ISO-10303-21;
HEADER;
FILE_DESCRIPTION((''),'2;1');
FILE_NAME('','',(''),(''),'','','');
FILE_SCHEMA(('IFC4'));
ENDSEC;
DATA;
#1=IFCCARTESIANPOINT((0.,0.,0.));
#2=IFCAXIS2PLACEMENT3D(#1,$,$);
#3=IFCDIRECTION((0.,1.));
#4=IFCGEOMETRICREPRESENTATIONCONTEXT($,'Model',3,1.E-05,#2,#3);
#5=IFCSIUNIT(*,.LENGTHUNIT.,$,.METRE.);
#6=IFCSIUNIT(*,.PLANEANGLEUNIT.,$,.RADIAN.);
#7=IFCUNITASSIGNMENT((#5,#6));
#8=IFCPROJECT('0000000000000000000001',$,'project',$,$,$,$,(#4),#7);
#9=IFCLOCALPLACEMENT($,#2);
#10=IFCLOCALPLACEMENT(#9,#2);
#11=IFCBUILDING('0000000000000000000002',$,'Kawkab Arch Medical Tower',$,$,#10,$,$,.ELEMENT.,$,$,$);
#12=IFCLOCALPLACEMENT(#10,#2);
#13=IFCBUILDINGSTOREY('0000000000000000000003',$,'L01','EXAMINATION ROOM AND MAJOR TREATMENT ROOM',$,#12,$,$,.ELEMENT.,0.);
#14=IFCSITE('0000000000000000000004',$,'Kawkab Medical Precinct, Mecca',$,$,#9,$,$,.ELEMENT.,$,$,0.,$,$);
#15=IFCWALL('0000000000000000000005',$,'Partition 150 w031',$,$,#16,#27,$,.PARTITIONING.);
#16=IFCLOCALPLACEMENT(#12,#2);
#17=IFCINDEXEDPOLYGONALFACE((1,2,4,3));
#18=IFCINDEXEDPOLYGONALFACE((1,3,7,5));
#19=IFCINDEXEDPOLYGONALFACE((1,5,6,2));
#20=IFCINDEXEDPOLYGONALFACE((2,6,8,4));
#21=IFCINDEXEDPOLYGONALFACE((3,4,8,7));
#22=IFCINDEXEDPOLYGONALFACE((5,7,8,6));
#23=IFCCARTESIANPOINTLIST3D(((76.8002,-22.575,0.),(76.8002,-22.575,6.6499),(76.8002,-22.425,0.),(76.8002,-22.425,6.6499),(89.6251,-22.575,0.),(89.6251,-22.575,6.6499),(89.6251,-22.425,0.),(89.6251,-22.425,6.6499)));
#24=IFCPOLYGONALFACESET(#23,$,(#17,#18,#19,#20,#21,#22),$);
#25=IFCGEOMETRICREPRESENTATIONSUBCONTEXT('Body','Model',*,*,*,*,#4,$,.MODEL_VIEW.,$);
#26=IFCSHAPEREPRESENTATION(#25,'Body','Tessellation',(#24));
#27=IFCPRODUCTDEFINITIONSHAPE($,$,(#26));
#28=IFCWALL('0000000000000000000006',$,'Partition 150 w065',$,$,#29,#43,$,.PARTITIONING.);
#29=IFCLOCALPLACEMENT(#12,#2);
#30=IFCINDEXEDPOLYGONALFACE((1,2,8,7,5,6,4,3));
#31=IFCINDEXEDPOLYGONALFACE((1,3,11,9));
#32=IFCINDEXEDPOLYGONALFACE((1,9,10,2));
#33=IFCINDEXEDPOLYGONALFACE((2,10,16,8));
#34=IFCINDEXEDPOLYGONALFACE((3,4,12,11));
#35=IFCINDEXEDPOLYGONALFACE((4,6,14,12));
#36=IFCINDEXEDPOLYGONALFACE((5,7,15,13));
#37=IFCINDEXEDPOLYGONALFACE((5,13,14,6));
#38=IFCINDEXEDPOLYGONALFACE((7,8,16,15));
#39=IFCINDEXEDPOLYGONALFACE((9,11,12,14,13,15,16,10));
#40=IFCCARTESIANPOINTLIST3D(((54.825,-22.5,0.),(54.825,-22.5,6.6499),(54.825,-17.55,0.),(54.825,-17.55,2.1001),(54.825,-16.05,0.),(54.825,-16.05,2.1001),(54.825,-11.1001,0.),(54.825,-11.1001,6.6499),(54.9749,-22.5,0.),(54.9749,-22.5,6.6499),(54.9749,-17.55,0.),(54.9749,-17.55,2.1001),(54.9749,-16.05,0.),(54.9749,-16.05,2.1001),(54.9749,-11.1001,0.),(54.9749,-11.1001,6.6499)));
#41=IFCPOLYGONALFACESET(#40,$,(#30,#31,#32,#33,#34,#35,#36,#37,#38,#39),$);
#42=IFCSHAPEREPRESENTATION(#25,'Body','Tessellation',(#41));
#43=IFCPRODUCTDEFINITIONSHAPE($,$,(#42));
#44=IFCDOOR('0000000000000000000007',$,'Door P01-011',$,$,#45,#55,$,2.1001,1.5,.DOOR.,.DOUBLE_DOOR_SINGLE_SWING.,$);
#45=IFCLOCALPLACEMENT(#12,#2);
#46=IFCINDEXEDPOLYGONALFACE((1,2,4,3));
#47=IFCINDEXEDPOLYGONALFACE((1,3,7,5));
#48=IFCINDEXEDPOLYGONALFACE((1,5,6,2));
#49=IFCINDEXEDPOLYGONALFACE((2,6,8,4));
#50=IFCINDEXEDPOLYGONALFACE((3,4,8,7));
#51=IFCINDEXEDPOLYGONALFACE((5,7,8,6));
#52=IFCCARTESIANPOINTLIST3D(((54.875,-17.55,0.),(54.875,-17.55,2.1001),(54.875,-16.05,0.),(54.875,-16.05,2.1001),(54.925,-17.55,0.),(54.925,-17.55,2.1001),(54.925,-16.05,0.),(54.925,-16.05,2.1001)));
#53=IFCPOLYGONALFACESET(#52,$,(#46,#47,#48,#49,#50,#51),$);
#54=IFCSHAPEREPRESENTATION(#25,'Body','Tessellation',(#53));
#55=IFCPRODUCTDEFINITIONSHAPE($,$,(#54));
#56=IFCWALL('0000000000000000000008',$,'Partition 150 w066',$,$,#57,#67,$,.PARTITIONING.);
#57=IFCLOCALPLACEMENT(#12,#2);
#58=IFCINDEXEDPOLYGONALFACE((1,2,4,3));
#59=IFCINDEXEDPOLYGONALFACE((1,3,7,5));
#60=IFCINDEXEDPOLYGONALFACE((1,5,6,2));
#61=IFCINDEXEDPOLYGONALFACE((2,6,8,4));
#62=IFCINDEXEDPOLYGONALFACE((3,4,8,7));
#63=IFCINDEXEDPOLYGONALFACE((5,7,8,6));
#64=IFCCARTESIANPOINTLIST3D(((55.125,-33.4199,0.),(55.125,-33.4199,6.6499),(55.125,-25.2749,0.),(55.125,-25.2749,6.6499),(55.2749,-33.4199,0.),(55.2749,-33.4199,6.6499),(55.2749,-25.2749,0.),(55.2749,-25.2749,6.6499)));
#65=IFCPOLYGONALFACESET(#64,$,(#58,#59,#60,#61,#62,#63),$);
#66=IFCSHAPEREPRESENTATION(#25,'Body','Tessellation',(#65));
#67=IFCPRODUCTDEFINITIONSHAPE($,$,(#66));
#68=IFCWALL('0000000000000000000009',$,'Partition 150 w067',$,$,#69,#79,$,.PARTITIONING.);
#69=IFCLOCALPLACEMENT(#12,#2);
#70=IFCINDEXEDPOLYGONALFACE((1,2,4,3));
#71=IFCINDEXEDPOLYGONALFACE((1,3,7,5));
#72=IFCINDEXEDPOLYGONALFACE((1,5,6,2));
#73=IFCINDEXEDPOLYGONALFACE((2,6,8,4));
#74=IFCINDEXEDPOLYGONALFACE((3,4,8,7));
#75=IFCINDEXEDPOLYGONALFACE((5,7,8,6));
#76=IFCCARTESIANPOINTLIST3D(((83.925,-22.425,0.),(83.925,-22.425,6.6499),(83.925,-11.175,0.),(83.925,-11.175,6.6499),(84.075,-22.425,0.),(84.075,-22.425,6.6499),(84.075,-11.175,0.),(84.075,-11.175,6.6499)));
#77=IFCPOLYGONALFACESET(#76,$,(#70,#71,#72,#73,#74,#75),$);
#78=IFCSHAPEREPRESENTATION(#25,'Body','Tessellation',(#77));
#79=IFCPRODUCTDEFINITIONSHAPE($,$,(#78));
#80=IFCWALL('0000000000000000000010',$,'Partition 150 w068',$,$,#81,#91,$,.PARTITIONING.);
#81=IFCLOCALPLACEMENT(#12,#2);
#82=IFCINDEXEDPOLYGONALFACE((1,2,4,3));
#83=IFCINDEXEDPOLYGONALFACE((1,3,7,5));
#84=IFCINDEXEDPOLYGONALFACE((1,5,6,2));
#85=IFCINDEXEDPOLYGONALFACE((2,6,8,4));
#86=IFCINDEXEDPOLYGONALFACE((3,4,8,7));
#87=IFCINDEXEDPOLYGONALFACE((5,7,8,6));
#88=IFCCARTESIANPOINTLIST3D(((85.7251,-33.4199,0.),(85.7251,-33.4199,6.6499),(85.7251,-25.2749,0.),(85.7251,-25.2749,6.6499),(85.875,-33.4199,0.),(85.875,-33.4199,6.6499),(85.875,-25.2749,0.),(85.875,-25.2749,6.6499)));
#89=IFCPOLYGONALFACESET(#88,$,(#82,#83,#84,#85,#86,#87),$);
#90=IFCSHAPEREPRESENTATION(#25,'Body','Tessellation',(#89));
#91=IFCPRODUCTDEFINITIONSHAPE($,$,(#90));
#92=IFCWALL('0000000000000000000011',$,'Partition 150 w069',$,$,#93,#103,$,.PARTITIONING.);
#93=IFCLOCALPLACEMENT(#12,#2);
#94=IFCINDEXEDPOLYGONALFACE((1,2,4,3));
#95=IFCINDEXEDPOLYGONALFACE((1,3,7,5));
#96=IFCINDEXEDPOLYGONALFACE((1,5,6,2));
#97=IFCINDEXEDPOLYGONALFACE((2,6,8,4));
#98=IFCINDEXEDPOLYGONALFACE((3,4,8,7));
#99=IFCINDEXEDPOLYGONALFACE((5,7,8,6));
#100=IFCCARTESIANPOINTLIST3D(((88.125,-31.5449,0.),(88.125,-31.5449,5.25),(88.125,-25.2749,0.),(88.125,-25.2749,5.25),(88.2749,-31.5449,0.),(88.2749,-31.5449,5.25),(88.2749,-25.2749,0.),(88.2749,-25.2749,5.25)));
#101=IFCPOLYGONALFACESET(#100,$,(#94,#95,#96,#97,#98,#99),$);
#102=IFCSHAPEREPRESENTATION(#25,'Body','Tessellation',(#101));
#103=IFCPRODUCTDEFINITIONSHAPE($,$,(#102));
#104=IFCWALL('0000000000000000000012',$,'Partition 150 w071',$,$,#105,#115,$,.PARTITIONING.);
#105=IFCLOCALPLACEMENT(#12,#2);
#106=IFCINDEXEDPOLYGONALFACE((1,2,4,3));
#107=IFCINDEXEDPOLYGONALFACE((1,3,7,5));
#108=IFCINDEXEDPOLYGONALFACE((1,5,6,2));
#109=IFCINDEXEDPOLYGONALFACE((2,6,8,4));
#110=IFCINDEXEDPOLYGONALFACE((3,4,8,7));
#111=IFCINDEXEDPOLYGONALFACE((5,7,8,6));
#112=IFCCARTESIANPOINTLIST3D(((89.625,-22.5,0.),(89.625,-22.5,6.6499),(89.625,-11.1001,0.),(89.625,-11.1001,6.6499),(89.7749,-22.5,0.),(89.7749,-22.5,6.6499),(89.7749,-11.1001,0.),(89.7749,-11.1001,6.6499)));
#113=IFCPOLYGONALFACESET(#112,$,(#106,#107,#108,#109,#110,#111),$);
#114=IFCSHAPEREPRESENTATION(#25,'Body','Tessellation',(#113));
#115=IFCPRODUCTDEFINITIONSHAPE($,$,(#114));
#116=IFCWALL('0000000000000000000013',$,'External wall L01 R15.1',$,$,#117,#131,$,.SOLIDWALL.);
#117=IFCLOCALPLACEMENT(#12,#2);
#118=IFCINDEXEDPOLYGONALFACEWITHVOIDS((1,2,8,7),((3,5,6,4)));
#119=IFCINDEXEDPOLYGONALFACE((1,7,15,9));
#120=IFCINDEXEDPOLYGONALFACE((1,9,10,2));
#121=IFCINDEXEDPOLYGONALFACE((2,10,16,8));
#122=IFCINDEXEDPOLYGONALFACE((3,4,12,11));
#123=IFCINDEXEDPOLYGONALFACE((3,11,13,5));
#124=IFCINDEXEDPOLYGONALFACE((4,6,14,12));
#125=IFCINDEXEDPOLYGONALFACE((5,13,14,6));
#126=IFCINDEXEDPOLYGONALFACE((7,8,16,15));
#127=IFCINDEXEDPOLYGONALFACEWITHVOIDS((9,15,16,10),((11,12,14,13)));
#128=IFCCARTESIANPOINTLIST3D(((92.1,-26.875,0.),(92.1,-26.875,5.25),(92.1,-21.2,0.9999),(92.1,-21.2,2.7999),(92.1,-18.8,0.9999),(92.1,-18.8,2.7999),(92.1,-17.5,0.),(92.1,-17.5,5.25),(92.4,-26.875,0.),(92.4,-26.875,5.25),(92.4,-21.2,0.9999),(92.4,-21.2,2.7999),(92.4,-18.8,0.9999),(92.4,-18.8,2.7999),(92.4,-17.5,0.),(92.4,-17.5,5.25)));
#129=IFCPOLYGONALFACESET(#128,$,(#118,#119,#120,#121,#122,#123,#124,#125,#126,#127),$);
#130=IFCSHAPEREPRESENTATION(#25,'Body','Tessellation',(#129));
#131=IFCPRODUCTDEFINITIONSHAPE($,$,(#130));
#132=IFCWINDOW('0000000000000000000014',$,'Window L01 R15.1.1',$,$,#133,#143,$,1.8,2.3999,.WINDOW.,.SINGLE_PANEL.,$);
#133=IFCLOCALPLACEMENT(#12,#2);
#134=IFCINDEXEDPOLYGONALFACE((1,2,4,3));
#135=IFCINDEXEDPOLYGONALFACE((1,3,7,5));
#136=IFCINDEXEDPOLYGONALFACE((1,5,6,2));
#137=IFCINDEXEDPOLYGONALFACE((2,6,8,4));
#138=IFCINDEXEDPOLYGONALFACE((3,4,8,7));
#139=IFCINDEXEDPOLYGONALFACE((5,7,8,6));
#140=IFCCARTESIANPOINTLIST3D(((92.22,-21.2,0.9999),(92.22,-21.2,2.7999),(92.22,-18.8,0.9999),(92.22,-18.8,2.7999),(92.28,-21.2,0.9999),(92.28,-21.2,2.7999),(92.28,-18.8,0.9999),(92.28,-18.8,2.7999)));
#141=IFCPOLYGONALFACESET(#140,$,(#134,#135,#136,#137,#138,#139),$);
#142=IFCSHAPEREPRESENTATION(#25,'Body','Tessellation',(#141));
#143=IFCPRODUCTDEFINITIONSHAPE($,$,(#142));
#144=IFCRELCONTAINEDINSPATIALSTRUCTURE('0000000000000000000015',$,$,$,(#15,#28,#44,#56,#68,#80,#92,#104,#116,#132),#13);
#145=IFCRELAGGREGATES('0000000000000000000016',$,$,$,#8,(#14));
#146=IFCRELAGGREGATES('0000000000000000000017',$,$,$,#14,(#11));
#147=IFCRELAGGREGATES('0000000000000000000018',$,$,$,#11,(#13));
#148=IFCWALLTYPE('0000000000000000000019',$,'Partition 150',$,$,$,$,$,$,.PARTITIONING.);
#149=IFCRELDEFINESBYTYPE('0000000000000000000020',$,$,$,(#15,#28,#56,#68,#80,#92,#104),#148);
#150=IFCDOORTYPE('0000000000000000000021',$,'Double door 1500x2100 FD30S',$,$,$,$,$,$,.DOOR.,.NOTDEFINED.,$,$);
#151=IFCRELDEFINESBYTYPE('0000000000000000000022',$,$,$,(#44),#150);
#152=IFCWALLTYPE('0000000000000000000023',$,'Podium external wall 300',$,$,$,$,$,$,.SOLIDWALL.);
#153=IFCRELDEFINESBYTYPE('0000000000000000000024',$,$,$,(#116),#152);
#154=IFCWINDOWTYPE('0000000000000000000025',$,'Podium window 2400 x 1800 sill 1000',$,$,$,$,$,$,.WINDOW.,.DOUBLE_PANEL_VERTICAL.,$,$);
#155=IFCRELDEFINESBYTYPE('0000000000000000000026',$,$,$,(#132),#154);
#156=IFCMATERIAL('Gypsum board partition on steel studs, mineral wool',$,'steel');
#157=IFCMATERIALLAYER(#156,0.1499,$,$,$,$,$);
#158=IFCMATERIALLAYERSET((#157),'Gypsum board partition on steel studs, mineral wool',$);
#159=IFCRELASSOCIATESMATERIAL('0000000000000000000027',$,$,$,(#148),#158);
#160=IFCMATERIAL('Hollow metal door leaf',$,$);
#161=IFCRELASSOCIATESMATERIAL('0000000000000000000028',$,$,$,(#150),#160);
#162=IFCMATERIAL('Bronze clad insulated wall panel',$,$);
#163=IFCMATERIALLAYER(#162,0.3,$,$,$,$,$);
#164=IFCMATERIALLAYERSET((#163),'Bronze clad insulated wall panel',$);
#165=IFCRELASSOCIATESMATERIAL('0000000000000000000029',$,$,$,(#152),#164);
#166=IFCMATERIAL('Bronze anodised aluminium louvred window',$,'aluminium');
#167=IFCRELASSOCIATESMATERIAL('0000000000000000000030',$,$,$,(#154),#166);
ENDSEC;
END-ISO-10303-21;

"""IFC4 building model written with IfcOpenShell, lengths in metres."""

from ifc_helpers import new_model, si_unit, direction, frame, frame_2d, origin, place, context, subcontext, project, spatial, rectangle, extrude, material, layer, layer_set, type_object, element, fill, save


model = new_model("IFC4")

# Units and contexts
model_context = context("Model", 3, precision=1e-05, world=origin(), true_north=direction((0.0, 1.0)))
body_context = subcontext(model_context, "Body", "Model", "MODEL_VIEW")
ifc_project = project(units=[si_unit("LENGTHUNIT", "METRE"), si_unit("PLANEANGLEUNIT", "RADIAN")], contexts=[model_context])

# Site, building, storey
site_placement = place(None, origin())
site = spatial("IfcSite", under=ifc_project, at=site_placement, Name="Kawkab Medical Precinct, Mecca", CompositionType="ELEMENT", RefElevation=0.0)
building_placement = place(site_placement, origin())
building = spatial("IfcBuilding", under=site, at=building_placement, Name="Kawkab Arch Medical Tower", CompositionType="ELEMENT")
storey_placement = place(building_placement, origin())
storey = spatial("IfcBuildingStorey", under=building, at=storey_placement, Name="L01", Description="EXAMINATION ROOM AND MAJOR TREATMENT ROOM", CompositionType="ELEMENT", Elevation=0.0)

# Shared definitions
ifc_material_1 = material(Name="Gypsum board partition on steel studs, mineral wool", Category="steel")
ifc_layer_1 = layer(ifc_material_1, 0.1499)
ifc_layer_set_1 = layer_set([ifc_layer_1], Name="Gypsum board partition on steel studs, mineral wool")
wall_type_1 = type_object("IfcWallType", Name="Partition 150", PredefinedType="PARTITIONING", material=ifc_layer_set_1)
ifc_material_2 = material(Name="Hollow metal door leaf")
door_type_1 = type_object("IfcDoorType", Name="Double door 1500x2100 FD30S", OperationType="NOTDEFINED", PredefinedType="DOOR", material=ifc_material_2)

# Wall
wall_1_placement = place(storey_placement, frame((76.8, -22.5, 0.0), z_axis=(0.0, 0.0, 1.0), x_axis=(1.0, 0.0, 0.0)))
element("IfcWall", 1, at=wall_1_placement, inside=storey, type_object=wall_type_1, Name="Partition 150 w031", PredefinedType="PARTITIONING", context=body_context, shape_type="SweptSolid", body=[
    extrude(rectangle(XDim=12.825, YDim=0.1499, at=frame_2d((6.4126, 0.0))), origin(), (0.0, 0.0, 1.0), 6.6499),
])

# Wall, opening, door
wall_2_placement = place(storey_placement, frame((54.8999, -22.5, 0.0), z_axis=(0.0, 0.0, 1.0), x_axis=(0.0, 1.0, 0.0)))
wall_2 = element("IfcWall", 2, at=wall_2_placement, inside=storey, type_object=wall_type_1, Name="Partition 150 w065", PredefinedType="PARTITIONING", context=body_context, shape_type="SweptSolid", body=[
    extrude(rectangle(XDim=11.3999, YDim=0.1499, at=frame_2d((5.7, 0.0))), origin(), (0.0, 0.0, 1.0), 6.6499),
])
opening_1_placement = place(wall_2_placement, frame((4.95, 0.0, 0.0)))
opening_1 = element("IfcOpeningElement", 3, at=opening_1_placement, cuts=wall_2, PredefinedType="OPENING", context=body_context, shape_type="SweptSolid", body=[
    extrude(rectangle(XDim=1.5, YDim=2.1001, at=frame_2d((0.75, 1.05))), frame((0.0, 0.085, 0.0), z_axis=(0.0, -1.0, 0.0), x_axis=(1.0, 0.0, 0.0)), (0.0, 0.0, 1.0), 0.1699),
])
door_1_placement = place(opening_1_placement, origin())
door_1 = element("IfcDoor", 4, at=door_1_placement, inside=storey, type_object=door_type_1, Name="Door P01-011", OperationType="DOUBLE_DOOR_SINGLE_SWING", OverallHeight=2.1001, OverallWidth=1.5, PredefinedType="DOOR", context=body_context, shape_type="SweptSolid", body=[
    extrude(rectangle(XDim=1.5, YDim=2.1001, at=frame_2d((0.75, 1.05))), frame((0.0, 0.0249, 0.0), z_axis=(0.0, -1.0, 0.0), x_axis=(1.0, 0.0, 0.0)), (0.0, 0.0, 1.0), 0.05),
])
fill(opening_1, door_1)

# Walls
wall_3_placement = place(storey_placement, frame((55.2, -33.4199, 0.0), z_axis=(0.0, 0.0, 1.0), x_axis=(0.0, 1.0, 0.0)))
element("IfcWall", 5, at=wall_3_placement, inside=storey, type_object=wall_type_1, Name="Partition 150 w066", PredefinedType="PARTITIONING", context=body_context, shape_type="SweptSolid", body=[
    extrude(rectangle(XDim=8.145, YDim=0.1499, at=frame_2d((4.0725, 0.0))), origin(), (0.0, 0.0, 1.0), 6.6499),
])
wall_4_placement = place(storey_placement, frame((84.0, -22.425, 0.0), z_axis=(0.0, 0.0, 1.0), x_axis=(0.0, 1.0, 0.0)))
element("IfcWall", 6, at=wall_4_placement, inside=storey, type_object=wall_type_1, Name="Partition 150 w067", PredefinedType="PARTITIONING", context=body_context, shape_type="SweptSolid", body=[
    extrude(rectangle(XDim=11.25, YDim=0.1499, at=frame_2d((5.625, 0.0))), origin(), (0.0, 0.0, 1.0), 6.6499),
])
wall_5_placement = place(storey_placement, frame((85.8, -33.4199, 0.0), z_axis=(0.0, 0.0, 1.0), x_axis=(0.0, 1.0, 0.0)))
element("IfcWall", 7, at=wall_5_placement, inside=storey, type_object=wall_type_1, Name="Partition 150 w068", PredefinedType="PARTITIONING", context=body_context, shape_type="SweptSolid", body=[
    extrude(rectangle(XDim=8.145, YDim=0.1499, at=frame_2d((4.0725, 0.0))), origin(), (0.0, 0.0, 1.0), 6.6499),
])
wall_6_placement = place(storey_placement, frame((88.2, -31.5449, 0.0), z_axis=(0.0, 0.0, 1.0), x_axis=(0.0, 1.0, 0.0)))
element("IfcWall", 8, at=wall_6_placement, inside=storey, type_object=wall_type_1, Name="Partition 150 w069", PredefinedType="PARTITIONING", context=body_context, shape_type="SweptSolid", body=[
    extrude(rectangle(XDim=6.27, YDim=0.1499, at=frame_2d((3.135, 0.0))), origin(), (0.0, 0.0, 1.0), 5.25),
])
wall_7_placement = place(storey_placement, frame((89.7, -22.5, 0.0), z_axis=(0.0, 0.0, 1.0), x_axis=(0.0, 1.0, 0.0)))
element("IfcWall", 9, at=wall_7_placement, inside=storey, type_object=wall_type_1, Name="Partition 150 w071", PredefinedType="PARTITIONING", context=body_context, shape_type="SweptSolid", body=[
    extrude(rectangle(XDim=11.3999, YDim=0.1499, at=frame_2d((5.7, 0.0))), origin(), (0.0, 0.0, 1.0), 6.6499),
])

# Wall, opening, window
ifc_material_3 = material(Name="Bronze clad insulated wall panel")
ifc_layer_2 = layer(ifc_material_3, 0.3)
ifc_layer_set_2 = layer_set([ifc_layer_2], Name="Bronze clad insulated wall panel")
wall_type_2 = type_object("IfcWallType", Name="Podium external wall 300", PredefinedType="SOLIDWALL", material=ifc_layer_set_2)
wall_8_placement = place(storey_placement, frame((92.25, -26.875, 0.0), z_axis=(0.0, 0.0, 1.0), x_axis=(0.0, 1.0, 0.0)))
wall_8 = element("IfcWall", 10, at=wall_8_placement, inside=storey, type_object=wall_type_2, Name="External wall L01 R15.1", PredefinedType="SOLIDWALL", context=body_context, shape_type="SweptSolid", body=[
    extrude(rectangle(XDim=9.375, YDim=0.3, at=frame_2d((4.6875, 0.0))), origin(), (0.0, 0.0, 1.0), 5.25),
])
opening_2_placement = place(wall_8_placement, frame((5.675, 0.0, 1.0)))
opening_2 = element("IfcOpeningElement", 11, at=opening_2_placement, cuts=wall_8, PredefinedType="OPENING", context=body_context, shape_type="SweptSolid", body=[
    extrude(rectangle(XDim=2.3999, YDim=1.8, at=frame_2d((1.2, 0.8999))), frame((0.0, 0.1599, 0.0), z_axis=(0.0, -1.0, 0.0), x_axis=(1.0, 0.0, 0.0)), (0.0, 0.0, 1.0), 0.3201),
])
ifc_material_4 = material(Name="Bronze anodised aluminium louvred window", Category="aluminium")
window_type = type_object("IfcWindowType", Name="Podium window 2400 x 1800 sill 1000", PartitioningType="DOUBLE_PANEL_VERTICAL", PredefinedType="WINDOW", material=ifc_material_4)
window_placement = place(opening_2_placement, origin())
window = element("IfcWindow", 12, at=window_placement, inside=storey, type_object=window_type, Name="Window L01 R15.1.1", OverallHeight=1.8, OverallWidth=2.3999, PartitioningType="SINGLE_PANEL", PredefinedType="WINDOW", context=body_context, shape_type="SweptSolid", body=[
    extrude(rectangle(XDim=2.3999, YDim=1.8, at=frame_2d((1.2, 0.8999))), frame((0.0, 0.03, 0.0), z_axis=(0.0, -1.0, 0.0), x_axis=(1.0, 0.0, 0.0)), (0.0, 0.0, 1.0), 0.0601),
])
fill(opening_2, window)

save(model, "model.ifc")
